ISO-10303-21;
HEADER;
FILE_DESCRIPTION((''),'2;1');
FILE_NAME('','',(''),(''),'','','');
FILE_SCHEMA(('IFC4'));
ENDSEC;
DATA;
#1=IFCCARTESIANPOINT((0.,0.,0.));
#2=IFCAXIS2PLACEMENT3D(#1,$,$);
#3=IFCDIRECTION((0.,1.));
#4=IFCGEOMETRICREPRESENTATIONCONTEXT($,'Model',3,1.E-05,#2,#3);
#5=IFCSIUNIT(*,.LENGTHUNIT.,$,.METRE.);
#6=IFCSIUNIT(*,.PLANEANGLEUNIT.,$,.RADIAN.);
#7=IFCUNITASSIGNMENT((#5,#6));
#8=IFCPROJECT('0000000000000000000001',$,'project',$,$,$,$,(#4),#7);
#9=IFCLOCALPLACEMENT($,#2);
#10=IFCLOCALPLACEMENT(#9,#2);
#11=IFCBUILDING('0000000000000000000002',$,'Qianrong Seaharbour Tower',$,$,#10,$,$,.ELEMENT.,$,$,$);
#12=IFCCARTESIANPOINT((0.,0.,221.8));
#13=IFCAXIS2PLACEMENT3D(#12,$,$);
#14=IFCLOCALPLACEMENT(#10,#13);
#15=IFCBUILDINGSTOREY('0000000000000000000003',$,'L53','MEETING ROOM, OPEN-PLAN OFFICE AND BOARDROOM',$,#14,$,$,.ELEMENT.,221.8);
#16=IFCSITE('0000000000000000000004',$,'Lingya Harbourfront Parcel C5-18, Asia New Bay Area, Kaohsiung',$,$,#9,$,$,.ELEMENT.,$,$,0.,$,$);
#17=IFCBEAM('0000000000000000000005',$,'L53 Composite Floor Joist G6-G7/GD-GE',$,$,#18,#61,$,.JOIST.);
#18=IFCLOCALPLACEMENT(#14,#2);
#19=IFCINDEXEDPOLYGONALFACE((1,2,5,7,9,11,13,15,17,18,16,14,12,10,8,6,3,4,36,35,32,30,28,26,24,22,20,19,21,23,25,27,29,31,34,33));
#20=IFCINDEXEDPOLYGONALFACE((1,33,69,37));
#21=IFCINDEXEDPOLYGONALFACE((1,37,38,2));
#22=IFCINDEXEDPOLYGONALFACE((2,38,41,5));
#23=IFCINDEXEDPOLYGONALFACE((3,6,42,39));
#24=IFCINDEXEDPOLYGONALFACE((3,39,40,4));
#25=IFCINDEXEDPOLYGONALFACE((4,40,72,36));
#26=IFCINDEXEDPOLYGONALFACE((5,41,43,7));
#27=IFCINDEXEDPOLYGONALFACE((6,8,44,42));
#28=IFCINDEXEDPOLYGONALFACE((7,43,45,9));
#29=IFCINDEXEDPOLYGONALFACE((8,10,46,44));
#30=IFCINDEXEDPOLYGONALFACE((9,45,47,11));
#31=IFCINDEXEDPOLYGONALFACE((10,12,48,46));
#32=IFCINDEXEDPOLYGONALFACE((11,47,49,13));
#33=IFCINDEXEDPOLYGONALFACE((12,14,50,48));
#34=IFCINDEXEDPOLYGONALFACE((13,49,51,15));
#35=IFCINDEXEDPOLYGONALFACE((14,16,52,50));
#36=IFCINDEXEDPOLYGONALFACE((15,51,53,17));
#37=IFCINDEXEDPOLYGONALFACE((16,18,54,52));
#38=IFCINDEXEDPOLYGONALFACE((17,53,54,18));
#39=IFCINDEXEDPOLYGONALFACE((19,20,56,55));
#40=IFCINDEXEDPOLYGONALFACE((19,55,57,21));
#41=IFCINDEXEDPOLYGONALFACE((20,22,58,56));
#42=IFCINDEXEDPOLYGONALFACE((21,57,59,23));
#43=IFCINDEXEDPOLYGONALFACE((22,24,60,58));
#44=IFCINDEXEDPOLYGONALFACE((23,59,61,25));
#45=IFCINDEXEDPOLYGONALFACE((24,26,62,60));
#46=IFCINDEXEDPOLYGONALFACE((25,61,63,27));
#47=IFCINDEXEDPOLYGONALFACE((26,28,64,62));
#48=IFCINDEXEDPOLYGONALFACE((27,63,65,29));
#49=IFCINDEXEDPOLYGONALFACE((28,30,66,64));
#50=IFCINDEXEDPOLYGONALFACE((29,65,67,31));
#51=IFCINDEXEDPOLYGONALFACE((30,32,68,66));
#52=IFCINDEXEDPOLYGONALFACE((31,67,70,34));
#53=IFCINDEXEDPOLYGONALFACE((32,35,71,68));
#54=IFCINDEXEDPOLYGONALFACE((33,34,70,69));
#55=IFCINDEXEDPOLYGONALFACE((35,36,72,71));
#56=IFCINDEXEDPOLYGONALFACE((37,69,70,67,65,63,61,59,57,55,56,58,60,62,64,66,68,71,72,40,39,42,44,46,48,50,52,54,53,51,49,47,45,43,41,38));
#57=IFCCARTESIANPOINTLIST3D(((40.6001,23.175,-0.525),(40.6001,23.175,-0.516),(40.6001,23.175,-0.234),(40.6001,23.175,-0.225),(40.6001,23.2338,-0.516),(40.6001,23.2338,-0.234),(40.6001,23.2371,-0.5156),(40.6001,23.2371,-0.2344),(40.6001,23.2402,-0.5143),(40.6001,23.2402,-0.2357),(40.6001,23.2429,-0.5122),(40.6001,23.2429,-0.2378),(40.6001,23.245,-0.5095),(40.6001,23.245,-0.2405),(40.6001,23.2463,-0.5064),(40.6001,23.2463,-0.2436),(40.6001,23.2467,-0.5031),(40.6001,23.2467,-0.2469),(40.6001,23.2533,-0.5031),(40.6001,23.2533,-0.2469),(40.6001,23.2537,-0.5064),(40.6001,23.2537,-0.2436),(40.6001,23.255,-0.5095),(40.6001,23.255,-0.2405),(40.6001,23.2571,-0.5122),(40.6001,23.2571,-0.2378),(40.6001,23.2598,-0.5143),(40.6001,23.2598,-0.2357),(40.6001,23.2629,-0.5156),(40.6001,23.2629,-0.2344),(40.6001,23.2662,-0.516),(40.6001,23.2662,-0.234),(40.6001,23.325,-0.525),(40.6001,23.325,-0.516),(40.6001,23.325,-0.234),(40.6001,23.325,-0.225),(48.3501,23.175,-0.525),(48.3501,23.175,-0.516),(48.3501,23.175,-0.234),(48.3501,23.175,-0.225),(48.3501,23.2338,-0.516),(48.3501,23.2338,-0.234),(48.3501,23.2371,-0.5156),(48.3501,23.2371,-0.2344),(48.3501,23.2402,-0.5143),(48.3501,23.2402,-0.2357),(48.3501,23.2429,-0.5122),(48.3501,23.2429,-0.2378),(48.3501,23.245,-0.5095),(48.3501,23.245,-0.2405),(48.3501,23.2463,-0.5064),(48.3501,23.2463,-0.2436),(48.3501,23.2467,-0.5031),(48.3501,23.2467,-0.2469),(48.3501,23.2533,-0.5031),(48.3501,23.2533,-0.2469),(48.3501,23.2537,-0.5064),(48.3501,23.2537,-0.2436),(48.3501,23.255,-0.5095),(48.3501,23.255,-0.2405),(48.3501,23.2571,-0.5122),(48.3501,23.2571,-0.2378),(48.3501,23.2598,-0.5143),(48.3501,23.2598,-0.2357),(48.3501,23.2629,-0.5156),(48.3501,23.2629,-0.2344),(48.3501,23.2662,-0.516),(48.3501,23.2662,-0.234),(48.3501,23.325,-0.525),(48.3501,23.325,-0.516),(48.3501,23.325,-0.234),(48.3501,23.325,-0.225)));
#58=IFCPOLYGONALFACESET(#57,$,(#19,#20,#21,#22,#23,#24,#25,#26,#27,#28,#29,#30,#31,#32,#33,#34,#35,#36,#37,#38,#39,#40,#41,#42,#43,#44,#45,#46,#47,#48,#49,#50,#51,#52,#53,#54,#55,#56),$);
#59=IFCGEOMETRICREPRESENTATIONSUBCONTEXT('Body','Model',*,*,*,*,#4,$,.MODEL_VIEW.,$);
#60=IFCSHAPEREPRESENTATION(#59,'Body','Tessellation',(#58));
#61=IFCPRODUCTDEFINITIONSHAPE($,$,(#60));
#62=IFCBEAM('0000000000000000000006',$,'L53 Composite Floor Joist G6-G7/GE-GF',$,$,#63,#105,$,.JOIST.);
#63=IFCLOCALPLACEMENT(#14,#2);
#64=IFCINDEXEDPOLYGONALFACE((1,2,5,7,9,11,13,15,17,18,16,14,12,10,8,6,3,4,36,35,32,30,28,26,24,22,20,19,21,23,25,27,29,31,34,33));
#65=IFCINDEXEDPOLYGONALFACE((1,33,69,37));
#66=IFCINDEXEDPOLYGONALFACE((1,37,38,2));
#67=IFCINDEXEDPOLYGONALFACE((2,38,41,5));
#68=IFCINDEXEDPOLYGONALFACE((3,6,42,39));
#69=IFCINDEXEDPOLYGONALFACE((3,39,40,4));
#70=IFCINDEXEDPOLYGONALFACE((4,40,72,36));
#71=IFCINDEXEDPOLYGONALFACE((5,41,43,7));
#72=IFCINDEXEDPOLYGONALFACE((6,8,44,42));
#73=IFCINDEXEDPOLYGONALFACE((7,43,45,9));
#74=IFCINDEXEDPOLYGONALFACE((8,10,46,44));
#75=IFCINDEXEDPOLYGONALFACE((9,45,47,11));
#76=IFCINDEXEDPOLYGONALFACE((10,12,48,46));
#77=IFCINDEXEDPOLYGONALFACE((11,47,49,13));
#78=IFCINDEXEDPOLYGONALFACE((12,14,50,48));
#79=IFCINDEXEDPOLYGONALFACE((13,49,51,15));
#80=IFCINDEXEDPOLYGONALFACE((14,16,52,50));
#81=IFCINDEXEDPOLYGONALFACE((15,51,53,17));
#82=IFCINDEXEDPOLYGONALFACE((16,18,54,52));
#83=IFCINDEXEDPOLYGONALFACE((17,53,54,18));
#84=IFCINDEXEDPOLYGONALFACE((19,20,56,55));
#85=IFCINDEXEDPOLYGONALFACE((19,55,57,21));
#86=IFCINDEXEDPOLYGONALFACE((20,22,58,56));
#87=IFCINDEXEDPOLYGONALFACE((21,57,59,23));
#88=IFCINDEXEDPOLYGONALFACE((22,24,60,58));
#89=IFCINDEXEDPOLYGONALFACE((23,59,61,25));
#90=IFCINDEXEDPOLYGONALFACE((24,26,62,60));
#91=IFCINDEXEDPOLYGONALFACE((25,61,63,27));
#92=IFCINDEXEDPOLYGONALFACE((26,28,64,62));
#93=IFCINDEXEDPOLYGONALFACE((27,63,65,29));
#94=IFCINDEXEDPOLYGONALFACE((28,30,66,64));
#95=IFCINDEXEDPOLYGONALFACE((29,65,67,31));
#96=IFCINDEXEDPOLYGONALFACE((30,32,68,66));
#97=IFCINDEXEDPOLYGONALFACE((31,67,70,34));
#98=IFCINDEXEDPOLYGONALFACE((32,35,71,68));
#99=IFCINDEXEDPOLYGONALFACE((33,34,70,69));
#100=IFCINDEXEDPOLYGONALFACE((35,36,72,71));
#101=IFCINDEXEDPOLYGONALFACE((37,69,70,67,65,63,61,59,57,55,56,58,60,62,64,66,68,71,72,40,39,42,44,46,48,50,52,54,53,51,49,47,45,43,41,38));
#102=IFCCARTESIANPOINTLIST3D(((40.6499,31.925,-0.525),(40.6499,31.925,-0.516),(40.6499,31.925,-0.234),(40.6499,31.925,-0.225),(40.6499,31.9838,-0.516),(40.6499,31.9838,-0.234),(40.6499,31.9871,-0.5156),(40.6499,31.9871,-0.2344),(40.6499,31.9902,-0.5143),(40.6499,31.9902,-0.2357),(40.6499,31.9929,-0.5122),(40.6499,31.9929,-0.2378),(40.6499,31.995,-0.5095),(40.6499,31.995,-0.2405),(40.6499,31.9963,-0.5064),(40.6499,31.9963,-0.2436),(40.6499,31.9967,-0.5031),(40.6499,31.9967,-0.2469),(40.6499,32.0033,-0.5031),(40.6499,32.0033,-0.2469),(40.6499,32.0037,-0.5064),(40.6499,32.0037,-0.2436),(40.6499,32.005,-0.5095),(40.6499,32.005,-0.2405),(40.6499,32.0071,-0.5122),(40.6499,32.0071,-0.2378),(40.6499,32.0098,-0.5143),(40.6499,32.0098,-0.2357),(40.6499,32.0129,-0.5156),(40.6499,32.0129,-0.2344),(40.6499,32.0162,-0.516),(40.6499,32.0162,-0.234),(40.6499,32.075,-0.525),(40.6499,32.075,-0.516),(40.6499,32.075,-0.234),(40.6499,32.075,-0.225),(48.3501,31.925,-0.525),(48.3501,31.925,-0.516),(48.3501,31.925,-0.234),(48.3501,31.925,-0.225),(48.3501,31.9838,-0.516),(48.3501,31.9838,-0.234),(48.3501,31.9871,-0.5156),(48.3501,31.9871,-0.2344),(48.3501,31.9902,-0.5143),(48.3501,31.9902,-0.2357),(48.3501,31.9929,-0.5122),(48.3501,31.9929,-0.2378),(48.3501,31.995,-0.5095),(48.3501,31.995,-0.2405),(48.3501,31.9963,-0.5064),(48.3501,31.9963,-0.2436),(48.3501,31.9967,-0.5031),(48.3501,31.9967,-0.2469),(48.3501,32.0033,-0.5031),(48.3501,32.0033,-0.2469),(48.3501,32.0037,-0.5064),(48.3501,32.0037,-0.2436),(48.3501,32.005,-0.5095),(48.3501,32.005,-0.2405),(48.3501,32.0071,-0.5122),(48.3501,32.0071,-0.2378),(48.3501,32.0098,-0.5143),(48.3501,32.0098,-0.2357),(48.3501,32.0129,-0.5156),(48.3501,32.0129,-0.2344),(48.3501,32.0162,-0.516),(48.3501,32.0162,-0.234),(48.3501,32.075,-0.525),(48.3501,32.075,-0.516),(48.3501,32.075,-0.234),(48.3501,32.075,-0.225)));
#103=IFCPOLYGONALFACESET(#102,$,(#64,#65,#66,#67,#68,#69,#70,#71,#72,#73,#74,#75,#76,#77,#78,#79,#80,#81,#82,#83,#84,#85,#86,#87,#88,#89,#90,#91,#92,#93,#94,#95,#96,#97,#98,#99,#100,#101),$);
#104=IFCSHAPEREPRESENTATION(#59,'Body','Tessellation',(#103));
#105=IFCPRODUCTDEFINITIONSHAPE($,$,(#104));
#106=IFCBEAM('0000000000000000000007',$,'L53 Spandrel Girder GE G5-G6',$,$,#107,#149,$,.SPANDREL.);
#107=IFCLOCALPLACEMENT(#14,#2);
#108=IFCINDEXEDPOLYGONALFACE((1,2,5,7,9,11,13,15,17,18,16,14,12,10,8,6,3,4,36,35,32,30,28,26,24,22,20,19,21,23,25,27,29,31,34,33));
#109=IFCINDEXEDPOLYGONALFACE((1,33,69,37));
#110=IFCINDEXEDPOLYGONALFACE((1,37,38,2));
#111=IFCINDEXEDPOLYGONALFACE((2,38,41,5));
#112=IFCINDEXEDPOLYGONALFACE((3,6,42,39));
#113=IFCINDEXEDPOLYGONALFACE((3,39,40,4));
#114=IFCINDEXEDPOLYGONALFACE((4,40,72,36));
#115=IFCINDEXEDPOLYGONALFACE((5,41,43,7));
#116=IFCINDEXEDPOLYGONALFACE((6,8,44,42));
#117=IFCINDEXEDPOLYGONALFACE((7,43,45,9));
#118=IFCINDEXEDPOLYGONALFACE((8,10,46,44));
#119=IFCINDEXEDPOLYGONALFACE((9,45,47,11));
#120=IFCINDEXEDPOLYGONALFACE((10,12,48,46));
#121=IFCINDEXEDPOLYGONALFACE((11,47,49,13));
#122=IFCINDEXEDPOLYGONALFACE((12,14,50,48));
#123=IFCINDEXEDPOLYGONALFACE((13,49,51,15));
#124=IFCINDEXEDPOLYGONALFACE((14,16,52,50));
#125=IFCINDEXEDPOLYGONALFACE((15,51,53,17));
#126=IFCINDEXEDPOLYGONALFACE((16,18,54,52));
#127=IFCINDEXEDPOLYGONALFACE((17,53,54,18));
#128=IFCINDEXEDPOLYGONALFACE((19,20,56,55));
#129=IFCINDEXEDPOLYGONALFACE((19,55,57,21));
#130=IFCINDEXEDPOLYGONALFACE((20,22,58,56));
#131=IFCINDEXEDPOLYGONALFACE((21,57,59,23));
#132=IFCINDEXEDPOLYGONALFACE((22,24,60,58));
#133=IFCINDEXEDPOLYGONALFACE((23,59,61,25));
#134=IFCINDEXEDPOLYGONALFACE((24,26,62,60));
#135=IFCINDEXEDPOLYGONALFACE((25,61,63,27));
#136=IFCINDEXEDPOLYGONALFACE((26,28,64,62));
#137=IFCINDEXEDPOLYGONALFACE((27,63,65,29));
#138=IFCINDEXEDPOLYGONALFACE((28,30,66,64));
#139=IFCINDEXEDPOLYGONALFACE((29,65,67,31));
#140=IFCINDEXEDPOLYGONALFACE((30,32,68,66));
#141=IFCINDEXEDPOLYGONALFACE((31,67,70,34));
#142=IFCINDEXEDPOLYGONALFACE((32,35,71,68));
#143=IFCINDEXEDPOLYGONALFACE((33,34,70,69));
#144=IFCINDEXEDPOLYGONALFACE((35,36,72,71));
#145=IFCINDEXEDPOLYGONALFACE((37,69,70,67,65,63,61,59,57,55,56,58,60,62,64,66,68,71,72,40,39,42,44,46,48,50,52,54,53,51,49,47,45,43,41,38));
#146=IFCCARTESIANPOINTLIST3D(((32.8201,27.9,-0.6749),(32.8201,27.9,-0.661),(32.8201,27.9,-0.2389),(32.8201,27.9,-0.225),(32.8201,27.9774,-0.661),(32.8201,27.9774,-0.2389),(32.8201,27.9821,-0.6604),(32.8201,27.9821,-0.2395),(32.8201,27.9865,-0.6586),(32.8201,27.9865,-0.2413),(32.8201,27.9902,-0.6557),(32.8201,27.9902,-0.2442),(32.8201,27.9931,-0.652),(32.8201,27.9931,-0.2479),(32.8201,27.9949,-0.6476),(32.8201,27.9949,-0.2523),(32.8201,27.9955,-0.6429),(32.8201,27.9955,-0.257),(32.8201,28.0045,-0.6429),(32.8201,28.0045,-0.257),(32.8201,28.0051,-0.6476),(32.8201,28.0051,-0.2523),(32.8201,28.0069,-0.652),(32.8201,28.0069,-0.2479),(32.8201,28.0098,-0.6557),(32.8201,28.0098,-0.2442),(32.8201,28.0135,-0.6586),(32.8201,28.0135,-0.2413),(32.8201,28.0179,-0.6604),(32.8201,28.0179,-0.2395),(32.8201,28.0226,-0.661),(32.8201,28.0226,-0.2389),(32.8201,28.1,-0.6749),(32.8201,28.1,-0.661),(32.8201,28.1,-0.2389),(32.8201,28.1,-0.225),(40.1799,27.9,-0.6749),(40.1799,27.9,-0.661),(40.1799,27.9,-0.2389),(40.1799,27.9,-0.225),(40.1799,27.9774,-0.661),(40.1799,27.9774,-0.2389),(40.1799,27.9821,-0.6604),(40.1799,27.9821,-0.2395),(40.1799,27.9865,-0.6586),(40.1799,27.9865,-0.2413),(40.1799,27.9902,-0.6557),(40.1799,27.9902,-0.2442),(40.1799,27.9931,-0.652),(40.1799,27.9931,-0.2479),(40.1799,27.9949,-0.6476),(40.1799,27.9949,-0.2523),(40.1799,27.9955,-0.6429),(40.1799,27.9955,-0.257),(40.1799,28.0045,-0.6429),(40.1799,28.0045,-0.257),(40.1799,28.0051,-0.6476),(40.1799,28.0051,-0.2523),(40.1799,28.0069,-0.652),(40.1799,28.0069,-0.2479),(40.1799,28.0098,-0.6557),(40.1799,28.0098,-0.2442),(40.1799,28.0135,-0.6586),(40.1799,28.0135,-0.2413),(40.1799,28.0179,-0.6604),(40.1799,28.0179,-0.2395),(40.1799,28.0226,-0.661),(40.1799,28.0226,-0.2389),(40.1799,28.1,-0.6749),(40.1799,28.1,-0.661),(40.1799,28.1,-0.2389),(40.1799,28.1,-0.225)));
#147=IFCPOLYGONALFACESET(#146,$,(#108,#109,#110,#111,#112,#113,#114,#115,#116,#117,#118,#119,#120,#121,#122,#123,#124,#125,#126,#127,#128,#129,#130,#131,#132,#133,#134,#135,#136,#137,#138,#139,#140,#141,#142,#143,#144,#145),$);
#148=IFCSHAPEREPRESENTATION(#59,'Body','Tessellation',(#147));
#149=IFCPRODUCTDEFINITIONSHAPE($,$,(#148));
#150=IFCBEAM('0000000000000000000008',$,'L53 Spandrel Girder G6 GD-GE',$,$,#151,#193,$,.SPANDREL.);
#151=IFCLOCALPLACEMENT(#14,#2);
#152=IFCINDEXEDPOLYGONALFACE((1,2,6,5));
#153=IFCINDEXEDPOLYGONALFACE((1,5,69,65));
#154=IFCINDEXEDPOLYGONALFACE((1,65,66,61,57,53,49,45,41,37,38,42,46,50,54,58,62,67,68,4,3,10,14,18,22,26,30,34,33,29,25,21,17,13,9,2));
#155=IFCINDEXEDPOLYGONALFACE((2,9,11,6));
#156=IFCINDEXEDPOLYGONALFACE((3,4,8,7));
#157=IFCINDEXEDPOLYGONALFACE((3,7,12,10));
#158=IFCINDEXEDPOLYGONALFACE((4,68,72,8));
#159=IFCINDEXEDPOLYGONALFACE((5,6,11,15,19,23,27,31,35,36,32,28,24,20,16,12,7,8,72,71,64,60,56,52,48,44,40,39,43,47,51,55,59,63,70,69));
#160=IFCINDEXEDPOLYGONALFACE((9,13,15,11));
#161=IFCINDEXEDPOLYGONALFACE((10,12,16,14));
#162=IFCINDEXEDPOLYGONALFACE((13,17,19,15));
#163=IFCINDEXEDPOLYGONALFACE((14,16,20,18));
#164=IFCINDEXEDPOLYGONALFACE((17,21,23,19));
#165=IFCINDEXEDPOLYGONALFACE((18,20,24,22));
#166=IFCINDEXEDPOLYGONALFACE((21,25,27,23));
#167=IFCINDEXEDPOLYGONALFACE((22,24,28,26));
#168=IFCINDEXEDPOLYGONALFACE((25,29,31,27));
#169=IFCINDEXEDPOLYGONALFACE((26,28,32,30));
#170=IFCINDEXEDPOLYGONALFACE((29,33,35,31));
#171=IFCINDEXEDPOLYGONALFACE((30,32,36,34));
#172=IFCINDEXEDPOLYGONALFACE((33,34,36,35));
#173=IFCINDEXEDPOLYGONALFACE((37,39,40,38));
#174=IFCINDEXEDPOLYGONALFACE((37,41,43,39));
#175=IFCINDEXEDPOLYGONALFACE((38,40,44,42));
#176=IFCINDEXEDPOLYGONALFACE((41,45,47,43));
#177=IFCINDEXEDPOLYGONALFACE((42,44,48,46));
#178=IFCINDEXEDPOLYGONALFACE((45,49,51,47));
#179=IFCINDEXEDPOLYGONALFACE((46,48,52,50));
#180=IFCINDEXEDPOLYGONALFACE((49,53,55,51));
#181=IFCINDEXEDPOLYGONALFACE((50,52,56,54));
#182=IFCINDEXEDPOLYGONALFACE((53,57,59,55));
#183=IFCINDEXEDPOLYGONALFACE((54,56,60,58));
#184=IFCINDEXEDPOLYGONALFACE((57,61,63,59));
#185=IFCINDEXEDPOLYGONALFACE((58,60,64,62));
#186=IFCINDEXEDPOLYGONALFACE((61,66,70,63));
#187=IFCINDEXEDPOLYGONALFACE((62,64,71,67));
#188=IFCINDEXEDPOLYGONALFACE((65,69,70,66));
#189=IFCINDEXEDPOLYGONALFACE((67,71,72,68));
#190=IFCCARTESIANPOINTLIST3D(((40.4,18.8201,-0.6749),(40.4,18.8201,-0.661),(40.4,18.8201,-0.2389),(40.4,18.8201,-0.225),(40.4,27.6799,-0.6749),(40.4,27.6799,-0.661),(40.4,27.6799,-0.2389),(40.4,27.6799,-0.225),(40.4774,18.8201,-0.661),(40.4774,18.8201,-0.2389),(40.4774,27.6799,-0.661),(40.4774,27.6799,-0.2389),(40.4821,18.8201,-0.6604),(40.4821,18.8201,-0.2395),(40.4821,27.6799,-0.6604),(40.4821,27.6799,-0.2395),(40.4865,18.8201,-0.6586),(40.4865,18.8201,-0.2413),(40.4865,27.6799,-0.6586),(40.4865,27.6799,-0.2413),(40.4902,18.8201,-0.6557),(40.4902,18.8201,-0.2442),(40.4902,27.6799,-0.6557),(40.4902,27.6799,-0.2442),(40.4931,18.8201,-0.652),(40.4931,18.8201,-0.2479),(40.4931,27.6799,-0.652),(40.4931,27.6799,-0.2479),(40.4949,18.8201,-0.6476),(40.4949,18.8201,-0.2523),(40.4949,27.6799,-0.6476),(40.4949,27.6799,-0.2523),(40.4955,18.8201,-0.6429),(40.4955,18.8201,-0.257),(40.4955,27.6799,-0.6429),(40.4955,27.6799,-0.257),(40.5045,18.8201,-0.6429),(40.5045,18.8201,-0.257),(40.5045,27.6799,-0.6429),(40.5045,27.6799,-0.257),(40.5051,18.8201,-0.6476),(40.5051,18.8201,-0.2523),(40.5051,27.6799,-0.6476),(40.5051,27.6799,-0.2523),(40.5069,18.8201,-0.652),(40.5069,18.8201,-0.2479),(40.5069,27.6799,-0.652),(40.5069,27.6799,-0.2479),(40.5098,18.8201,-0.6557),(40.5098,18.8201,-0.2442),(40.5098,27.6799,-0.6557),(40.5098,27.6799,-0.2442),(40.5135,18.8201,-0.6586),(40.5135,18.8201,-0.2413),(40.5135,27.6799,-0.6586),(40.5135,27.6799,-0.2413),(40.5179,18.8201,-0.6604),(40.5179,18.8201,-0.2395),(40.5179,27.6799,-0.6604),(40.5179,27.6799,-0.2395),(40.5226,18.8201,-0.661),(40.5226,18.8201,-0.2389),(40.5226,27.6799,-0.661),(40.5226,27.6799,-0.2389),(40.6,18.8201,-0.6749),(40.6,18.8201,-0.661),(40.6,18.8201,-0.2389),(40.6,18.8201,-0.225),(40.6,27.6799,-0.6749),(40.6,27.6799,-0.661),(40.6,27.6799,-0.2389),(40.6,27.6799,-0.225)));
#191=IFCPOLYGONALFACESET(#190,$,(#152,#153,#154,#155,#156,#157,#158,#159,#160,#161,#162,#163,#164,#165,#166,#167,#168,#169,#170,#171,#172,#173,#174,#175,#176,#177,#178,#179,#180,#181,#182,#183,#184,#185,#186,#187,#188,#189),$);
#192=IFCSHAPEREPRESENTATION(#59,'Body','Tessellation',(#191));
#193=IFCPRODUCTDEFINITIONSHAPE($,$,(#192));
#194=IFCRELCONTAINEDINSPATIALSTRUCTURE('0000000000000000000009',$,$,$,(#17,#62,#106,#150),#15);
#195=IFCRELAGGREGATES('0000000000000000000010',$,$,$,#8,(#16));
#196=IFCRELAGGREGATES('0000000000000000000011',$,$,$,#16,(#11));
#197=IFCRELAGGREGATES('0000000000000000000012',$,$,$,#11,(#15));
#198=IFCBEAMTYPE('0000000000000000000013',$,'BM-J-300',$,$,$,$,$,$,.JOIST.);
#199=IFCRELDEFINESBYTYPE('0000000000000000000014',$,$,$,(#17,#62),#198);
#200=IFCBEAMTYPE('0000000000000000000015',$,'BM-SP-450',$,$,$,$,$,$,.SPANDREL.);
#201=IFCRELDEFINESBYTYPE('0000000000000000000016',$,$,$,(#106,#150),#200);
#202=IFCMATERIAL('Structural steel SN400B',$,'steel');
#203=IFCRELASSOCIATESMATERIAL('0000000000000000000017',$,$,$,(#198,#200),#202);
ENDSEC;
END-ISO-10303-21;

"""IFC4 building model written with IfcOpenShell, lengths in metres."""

from ifc_helpers import new_model, si_unit, direction, frame, origin, origin_2d, place, context, subcontext, project, spatial, i_section, extrude, material, material_profile, profile_set, type_object, element, save


model = new_model("IFC4")

# Units and contexts
model_context = context("Model", 3, precision=1e-05, world=origin(), true_north=direction((0.0, 1.0)))
body_context = subcontext(model_context, "Body", "Model", "MODEL_VIEW")
ifc_project = project(units=[si_unit("LENGTHUNIT", "METRE"), si_unit("PLANEANGLEUNIT", "RADIAN")], contexts=[model_context])

# Site, building, storey
site_placement = place(None, origin())
site = spatial("IfcSite", under=ifc_project, at=site_placement, Name="Lingya Harbourfront Parcel C5-18, Asia New Bay Area, Kaohsiung", CompositionType="ELEMENT", RefElevation=0.0)
building_placement = place(site_placement, origin())
building = spatial("IfcBuilding", under=site, at=building_placement, Name="Qianrong Seaharbour Tower", CompositionType="ELEMENT")
storey_placement = place(building_placement, frame((0.0, 0.0, 221.8)))
storey = spatial("IfcBuildingStorey", under=building, at=storey_placement, Name="L53", Description="MEETING ROOM, OPEN-PLAN OFFICE AND BOARDROOM", CompositionType="ELEMENT", Elevation=221.8)

# Beams
ifc_material_1 = material(Name="Structural steel SN400B", Category="steel")
ifc_material_profile_1 = material_profile(ifc_material_1, i_section(OverallWidth=0.1499, OverallDepth=0.3, WebThickness=0.0066, FlangeThickness=0.009, FilletRadius=0.0129, at=origin_2d()), Name="H300x150x6.5x9")
ifc_profile_set_1 = profile_set([ifc_material_profile_1], Name="Structural steel SN400B")
beam_type_1 = type_object("IfcBeamType", Name="BM-J-300", PredefinedType="JOIST", material=ifc_profile_set_1)
beam_1_placement = place(storey_placement, frame((40.6001, 23.25, -0.375), z_axis=(1.0, 0.0, 0.0), x_axis=(0.0, 1.0, 0.0)))
element("IfcBeam", 1, at=beam_1_placement, inside=storey, type_object=beam_type_1, Name="L53 Composite Floor Joist G6-G7/GD-GE", PredefinedType="JOIST", context=body_context, shape_type="SweptSolid", body=[
    extrude(i_section(OverallWidth=0.1499, OverallDepth=0.3, WebThickness=0.0066, FlangeThickness=0.009, FilletRadius=0.0129, at=origin_2d()), origin(), (0.0, 0.0, 1.0), 7.75),
])
beam_2_placement = place(storey_placement, frame((40.6499, 32.0, -0.375), z_axis=(1.0, 0.0, 0.0), x_axis=(0.0, 1.0, 0.0)))
element("IfcBeam", 2, at=beam_2_placement, inside=storey, type_object=beam_type_1, Name="L53 Composite Floor Joist G6-G7/GE-GF", PredefinedType="JOIST", context=body_context, shape_type="SweptSolid", body=[
    extrude(i_section(OverallWidth=0.1499, OverallDepth=0.3, WebThickness=0.0066, FlangeThickness=0.009, FilletRadius=0.0129, at=origin_2d()), origin(), (0.0, 0.0, 1.0), 7.7002),
])
ifc_material_profile_2 = material_profile(ifc_material_1, i_section(OverallWidth=0.2, OverallDepth=0.45, WebThickness=0.009, FlangeThickness=0.0139, FilletRadius=0.0181, at=origin_2d()), Name="H450x200x9x14")
ifc_profile_set_2 = profile_set([ifc_material_profile_2], Name="Structural steel SN400B")
beam_type_2 = type_object("IfcBeamType", Name="BM-SP-450", PredefinedType="SPANDREL", material=ifc_profile_set_2)
beam_3_placement = place(storey_placement, frame((32.8201, 28.0, -0.45), z_axis=(1.0, 0.0, 0.0), x_axis=(0.0, 1.0, 0.0)))
element("IfcBeam", 3, at=beam_3_placement, inside=storey, type_object=beam_type_2, Name="L53 Spandrel Girder GE G5-G6", PredefinedType="SPANDREL", context=body_context, shape_type="SweptSolid", body=[
    extrude(i_section(OverallWidth=0.2, OverallDepth=0.45, WebThickness=0.009, FlangeThickness=0.0139, FilletRadius=0.0181, at=origin_2d()), origin(), (0.0, 0.0, 1.0), 7.3599),
])
beam_4_placement = place(storey_placement, frame((40.5, 18.8201, -0.45), z_axis=(0.0, 1.0, 0.0), x_axis=(-1.0, 0.0, 0.0)))
element("IfcBeam", 4, at=beam_4_placement, inside=storey, type_object=beam_type_2, Name="L53 Spandrel Girder G6 GD-GE", PredefinedType="SPANDREL", context=body_context, shape_type="SweptSolid", body=[
    extrude(i_section(OverallWidth=0.2, OverallDepth=0.45, WebThickness=0.009, FlangeThickness=0.0139, FilletRadius=0.0181, at=origin_2d()), origin(), (0.0, 0.0, 1.0), 8.8599),
])

save(model, "model.ifc")
